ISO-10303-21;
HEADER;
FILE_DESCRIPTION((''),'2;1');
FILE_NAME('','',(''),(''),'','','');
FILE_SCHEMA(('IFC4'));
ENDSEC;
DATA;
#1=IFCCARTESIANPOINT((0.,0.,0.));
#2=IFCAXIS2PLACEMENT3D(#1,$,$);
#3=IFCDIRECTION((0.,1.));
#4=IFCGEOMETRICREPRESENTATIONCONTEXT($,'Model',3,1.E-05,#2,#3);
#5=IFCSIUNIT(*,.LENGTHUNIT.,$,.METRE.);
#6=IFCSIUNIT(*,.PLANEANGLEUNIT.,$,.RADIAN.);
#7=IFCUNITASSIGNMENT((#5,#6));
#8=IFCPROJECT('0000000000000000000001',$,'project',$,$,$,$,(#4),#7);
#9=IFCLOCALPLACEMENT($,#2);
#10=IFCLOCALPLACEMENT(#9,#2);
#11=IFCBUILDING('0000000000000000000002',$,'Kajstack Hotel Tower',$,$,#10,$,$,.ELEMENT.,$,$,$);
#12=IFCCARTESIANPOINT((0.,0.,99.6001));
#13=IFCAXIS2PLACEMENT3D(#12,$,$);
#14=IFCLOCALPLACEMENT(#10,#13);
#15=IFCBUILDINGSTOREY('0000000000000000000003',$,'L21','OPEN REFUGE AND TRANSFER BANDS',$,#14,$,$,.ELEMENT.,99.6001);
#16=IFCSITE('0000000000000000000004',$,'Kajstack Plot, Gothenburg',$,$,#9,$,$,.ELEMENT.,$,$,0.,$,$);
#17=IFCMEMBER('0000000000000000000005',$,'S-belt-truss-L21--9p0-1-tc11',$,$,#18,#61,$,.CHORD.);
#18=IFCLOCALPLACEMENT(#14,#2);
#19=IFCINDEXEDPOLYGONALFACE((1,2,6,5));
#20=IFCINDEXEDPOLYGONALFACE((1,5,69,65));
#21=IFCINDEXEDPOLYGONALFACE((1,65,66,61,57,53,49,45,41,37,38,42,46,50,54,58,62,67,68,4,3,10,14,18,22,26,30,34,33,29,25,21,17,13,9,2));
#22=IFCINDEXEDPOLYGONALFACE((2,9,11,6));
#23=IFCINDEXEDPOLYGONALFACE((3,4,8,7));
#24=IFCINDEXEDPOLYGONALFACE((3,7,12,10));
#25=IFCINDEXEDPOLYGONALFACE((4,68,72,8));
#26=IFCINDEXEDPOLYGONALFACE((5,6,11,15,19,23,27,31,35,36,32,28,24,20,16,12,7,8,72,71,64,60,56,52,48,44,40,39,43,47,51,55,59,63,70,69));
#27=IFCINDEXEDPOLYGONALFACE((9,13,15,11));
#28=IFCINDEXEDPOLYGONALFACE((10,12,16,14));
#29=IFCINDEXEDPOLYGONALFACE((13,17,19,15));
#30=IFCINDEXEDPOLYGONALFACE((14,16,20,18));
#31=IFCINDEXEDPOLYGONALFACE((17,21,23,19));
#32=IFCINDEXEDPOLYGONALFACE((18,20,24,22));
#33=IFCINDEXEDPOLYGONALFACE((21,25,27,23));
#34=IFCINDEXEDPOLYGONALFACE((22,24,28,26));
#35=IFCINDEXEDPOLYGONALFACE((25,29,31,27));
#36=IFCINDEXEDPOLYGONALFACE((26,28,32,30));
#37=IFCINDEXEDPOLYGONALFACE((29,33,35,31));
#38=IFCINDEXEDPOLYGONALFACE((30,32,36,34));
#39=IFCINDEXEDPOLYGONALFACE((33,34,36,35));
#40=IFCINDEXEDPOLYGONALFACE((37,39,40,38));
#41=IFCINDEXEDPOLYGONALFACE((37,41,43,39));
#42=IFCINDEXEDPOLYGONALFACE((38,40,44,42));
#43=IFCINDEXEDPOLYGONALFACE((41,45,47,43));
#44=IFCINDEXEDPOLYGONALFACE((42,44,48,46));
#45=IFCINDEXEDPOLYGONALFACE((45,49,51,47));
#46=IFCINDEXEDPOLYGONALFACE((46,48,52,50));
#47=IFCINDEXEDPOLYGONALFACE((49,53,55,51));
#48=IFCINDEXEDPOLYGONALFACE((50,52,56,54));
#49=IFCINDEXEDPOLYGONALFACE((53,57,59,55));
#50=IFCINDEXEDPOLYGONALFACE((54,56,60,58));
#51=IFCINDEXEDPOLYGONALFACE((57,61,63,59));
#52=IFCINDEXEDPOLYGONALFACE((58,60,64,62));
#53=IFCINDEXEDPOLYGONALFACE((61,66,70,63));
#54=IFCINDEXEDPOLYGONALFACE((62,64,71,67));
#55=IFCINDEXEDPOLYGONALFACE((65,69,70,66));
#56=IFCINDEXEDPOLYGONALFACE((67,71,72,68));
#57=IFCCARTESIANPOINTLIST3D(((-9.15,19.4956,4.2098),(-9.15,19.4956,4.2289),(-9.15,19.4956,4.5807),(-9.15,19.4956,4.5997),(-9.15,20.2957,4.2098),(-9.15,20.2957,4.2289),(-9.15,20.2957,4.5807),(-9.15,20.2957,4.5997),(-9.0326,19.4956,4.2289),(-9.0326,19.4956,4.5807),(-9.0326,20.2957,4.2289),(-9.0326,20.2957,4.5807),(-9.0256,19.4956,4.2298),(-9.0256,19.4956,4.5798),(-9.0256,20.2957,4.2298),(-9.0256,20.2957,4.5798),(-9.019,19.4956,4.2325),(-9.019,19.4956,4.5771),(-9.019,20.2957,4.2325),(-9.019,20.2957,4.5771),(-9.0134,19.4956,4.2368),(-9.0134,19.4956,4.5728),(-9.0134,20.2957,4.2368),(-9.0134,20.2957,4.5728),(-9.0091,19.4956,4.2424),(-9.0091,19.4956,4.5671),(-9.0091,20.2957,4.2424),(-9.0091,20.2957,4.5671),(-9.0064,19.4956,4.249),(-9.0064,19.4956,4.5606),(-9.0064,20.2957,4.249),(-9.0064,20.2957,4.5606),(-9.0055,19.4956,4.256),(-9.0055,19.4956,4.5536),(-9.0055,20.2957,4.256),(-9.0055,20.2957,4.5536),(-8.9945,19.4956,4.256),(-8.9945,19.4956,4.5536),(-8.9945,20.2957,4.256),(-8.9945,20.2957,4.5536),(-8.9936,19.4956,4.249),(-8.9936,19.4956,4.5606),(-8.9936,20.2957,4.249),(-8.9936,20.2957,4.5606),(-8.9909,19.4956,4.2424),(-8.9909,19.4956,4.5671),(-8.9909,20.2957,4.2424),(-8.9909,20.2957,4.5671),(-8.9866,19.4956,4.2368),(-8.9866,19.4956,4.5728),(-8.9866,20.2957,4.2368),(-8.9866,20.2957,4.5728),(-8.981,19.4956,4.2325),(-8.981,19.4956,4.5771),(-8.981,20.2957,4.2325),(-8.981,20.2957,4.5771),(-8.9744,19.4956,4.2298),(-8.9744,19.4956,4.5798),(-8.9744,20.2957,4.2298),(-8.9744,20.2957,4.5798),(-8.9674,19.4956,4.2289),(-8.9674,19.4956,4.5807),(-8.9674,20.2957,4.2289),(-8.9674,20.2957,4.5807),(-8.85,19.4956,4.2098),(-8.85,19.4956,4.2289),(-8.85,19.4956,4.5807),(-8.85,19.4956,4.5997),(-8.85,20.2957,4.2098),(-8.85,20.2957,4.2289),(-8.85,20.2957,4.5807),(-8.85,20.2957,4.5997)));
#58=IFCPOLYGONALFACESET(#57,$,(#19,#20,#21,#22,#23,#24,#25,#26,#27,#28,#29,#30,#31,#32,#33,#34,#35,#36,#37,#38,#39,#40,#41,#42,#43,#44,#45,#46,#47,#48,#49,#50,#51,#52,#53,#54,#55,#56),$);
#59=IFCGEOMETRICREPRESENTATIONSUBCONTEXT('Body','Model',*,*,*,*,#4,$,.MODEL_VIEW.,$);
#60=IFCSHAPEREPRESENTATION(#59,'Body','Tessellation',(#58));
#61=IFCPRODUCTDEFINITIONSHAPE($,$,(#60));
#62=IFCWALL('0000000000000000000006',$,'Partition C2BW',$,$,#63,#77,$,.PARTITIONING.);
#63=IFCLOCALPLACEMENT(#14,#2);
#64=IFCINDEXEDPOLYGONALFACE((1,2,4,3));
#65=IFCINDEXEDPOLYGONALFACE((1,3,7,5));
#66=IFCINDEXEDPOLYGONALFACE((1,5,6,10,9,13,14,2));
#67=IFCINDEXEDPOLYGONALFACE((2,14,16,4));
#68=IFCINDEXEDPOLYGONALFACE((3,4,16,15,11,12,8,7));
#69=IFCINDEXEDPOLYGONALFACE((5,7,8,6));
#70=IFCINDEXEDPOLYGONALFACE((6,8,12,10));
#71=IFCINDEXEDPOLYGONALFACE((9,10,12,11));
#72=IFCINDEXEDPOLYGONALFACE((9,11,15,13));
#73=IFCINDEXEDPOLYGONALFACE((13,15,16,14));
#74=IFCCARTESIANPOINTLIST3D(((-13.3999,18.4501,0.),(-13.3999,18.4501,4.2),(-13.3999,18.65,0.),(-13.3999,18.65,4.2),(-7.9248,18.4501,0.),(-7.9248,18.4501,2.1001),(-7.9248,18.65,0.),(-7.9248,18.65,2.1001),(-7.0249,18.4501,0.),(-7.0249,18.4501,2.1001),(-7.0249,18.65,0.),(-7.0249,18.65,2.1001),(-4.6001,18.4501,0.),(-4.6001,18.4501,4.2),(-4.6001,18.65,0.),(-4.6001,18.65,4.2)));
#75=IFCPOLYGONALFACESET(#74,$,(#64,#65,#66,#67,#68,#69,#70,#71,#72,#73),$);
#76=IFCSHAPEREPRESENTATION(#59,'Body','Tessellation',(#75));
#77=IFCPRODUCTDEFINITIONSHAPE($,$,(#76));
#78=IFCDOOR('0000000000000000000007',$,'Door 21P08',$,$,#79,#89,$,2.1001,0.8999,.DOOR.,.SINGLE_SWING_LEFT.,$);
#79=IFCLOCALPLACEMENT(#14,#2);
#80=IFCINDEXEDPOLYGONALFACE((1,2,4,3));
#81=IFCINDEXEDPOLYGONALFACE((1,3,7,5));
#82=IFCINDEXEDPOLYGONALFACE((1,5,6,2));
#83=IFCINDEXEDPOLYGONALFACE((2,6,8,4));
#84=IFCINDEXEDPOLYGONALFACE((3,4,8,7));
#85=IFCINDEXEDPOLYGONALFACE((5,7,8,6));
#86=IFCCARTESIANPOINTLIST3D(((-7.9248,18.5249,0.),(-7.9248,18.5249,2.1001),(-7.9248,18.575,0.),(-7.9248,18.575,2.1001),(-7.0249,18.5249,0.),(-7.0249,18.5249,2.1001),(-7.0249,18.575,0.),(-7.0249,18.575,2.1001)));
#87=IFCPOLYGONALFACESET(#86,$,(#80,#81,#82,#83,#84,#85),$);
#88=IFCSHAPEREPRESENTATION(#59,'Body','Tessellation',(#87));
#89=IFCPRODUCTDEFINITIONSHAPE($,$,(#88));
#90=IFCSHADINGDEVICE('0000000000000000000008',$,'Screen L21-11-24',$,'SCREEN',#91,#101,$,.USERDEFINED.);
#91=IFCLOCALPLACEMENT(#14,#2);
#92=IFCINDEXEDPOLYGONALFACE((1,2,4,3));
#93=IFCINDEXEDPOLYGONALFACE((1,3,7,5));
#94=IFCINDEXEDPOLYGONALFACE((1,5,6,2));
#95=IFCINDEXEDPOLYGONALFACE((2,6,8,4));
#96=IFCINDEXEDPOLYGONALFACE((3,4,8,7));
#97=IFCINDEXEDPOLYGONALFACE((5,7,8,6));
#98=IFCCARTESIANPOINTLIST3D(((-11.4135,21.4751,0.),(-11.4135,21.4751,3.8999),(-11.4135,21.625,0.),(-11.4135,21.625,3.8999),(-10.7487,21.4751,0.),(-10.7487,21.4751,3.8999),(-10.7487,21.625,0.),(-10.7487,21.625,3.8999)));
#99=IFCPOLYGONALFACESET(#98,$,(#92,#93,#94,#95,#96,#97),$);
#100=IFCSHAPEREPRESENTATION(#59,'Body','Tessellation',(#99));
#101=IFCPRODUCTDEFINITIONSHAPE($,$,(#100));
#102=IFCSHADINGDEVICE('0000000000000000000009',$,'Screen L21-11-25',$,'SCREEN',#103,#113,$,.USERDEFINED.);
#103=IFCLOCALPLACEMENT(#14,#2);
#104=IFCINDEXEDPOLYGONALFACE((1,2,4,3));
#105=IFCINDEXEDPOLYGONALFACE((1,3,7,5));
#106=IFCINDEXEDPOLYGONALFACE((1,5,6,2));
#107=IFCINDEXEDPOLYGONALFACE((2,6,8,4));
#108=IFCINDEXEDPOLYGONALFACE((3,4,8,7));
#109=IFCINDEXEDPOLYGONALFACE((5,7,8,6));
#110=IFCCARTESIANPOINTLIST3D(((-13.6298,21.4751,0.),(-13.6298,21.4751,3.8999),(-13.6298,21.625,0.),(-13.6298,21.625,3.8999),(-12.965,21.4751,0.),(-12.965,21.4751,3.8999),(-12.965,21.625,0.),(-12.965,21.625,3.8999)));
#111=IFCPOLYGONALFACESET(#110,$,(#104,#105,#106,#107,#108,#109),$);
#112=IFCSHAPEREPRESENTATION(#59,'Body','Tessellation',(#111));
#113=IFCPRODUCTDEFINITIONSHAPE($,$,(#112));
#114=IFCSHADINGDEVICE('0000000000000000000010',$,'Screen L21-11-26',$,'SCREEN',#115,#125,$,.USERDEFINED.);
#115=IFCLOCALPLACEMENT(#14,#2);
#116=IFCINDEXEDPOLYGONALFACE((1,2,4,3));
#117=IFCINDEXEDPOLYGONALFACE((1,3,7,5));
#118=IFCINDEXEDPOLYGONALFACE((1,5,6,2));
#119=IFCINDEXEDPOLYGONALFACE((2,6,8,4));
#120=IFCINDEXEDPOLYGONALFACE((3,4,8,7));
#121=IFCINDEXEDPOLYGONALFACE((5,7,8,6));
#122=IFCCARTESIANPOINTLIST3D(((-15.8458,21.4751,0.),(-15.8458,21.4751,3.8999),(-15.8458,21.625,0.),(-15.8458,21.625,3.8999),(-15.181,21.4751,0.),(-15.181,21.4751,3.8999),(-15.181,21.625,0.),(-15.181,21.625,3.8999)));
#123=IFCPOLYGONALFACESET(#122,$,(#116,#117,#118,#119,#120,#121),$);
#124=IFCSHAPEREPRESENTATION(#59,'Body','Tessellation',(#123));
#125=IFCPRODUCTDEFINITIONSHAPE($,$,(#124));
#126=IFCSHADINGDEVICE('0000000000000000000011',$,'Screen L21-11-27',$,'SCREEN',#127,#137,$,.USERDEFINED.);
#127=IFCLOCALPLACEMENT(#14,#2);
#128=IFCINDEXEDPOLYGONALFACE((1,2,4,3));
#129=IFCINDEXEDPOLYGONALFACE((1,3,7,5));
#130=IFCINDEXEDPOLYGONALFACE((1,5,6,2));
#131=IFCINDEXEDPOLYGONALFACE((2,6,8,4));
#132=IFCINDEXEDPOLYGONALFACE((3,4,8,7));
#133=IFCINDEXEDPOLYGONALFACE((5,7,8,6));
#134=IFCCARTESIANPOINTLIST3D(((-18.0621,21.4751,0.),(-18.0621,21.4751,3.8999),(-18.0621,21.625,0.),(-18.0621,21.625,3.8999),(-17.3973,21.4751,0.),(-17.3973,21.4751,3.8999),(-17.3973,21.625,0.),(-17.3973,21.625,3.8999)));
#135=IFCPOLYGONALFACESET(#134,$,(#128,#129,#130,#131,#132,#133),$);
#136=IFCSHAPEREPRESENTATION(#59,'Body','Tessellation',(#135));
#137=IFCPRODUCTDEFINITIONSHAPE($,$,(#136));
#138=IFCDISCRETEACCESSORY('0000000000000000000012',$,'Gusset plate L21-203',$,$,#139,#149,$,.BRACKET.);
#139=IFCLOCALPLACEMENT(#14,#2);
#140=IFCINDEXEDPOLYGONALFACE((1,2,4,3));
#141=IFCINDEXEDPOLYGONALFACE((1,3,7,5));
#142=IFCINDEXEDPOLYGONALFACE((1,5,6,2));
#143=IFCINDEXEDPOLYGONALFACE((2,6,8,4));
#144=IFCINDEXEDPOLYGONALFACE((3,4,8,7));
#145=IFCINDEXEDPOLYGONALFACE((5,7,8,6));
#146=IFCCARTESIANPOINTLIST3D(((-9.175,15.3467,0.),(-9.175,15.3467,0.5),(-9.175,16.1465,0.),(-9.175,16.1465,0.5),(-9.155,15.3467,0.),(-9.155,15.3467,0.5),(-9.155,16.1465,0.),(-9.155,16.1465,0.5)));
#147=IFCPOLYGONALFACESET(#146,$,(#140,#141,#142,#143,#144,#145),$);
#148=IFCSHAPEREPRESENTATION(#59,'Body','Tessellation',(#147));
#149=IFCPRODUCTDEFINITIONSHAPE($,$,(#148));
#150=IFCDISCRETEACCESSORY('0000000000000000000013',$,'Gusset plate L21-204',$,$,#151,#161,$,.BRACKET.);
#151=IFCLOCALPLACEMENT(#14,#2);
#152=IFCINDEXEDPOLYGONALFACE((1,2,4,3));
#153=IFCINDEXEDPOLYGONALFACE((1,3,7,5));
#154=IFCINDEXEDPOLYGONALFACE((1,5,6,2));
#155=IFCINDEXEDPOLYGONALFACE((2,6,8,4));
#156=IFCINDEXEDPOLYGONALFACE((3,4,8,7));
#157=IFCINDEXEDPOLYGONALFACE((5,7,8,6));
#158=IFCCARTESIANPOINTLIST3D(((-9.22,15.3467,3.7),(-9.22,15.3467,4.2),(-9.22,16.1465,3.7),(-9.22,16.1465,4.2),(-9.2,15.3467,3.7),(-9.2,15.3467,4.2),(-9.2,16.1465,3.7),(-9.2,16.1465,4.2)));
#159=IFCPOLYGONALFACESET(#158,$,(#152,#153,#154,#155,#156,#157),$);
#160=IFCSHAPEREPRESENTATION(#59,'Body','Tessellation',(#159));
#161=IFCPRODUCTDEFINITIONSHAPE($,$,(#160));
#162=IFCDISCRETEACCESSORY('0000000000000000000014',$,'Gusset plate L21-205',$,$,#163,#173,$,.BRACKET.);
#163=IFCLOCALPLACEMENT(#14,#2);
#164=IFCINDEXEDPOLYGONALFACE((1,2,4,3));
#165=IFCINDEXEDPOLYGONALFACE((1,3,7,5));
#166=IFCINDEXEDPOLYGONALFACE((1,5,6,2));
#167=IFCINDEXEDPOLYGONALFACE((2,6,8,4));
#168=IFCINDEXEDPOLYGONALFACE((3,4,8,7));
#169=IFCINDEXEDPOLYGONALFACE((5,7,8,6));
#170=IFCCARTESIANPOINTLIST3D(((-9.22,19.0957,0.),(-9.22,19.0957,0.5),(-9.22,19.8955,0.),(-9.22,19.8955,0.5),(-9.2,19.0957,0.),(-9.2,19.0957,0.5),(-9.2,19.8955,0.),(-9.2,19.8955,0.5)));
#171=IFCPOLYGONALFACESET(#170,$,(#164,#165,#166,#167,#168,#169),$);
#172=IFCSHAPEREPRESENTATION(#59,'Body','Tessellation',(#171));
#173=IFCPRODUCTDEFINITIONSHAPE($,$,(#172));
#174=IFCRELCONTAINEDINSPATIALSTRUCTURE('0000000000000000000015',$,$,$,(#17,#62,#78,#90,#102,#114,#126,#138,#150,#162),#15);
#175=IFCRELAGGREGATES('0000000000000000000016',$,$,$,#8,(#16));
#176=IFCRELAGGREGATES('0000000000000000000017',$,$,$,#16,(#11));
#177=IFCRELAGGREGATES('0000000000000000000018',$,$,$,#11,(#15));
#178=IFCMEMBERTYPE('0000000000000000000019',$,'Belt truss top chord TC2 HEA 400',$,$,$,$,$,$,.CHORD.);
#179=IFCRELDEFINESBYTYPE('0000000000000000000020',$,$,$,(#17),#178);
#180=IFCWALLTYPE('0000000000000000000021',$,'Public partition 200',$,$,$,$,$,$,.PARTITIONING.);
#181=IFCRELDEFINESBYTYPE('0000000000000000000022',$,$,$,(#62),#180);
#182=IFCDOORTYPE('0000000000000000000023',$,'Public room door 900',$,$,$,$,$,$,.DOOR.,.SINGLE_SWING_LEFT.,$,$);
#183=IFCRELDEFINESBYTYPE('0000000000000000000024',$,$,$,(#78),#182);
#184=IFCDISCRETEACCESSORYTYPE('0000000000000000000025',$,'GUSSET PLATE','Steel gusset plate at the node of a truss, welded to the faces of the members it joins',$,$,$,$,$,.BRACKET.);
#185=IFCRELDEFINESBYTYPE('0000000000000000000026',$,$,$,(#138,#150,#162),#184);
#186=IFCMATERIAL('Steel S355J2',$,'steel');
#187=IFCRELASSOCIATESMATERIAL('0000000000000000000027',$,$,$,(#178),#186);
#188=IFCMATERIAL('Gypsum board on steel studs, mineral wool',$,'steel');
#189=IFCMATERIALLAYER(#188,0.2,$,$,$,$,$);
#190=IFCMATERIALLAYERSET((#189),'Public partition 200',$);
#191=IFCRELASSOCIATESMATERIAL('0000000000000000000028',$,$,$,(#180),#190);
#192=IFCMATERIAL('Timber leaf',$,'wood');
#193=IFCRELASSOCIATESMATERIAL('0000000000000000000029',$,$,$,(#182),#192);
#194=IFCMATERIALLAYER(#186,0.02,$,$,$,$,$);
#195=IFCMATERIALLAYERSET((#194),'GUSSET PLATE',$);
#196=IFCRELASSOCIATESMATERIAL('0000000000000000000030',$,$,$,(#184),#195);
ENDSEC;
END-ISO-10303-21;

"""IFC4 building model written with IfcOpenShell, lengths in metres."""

from ifc_helpers import new_model, si_unit, direction, frame, frame_2d, origin, origin_2d, place, context, subcontext, project, spatial, polyline, rectangle, i_section, outline, extrude, material, layer, layer_set, material_profile, profile_set, type_object, element, fill, save


model = new_model("IFC4")

# Units and contexts
model_context = context("Model", 3, precision=1e-05, world=origin(), true_north=direction((0.0, 1.0)))
body_context = subcontext(model_context, "Body", "Model", "MODEL_VIEW")
ifc_project = project(units=[si_unit("LENGTHUNIT", "METRE"), si_unit("PLANEANGLEUNIT", "RADIAN")], contexts=[model_context])

# Site, building, storey
site_placement = place(None, origin())
site = spatial("IfcSite", under=ifc_project, at=site_placement, Name="Kajstack Plot, Gothenburg", CompositionType="ELEMENT", RefElevation=0.0)
building_placement = place(site_placement, origin())
building = spatial("IfcBuilding", under=site, at=building_placement, Name="Kajstack Hotel Tower", CompositionType="ELEMENT")
storey_placement = place(building_placement, frame((0.0, 0.0, 99.6001)))
storey = spatial("IfcBuildingStorey", under=building, at=storey_placement, Name="L21", Description="OPEN REFUGE AND TRANSFER BANDS", CompositionType="ELEMENT", Elevation=99.6001)

# Member
ifc_material_1 = material(Name="Steel S355J2", Category="steel")
ifc_material_profile_1 = material_profile(ifc_material_1, i_section(OverallWidth=0.3, OverallDepth=0.3899, WebThickness=0.011, FlangeThickness=0.019, FilletRadius=0.0271, at=origin_2d()), Name="HEA 400")
ifc_profile_set_1 = profile_set([ifc_material_profile_1], Name="Steel S355J2")
member_type_1 = type_object("IfcMemberType", Name="Belt truss top chord TC2 HEA 400", PredefinedType="CHORD", material=ifc_profile_set_1)
member_1_placement = place(storey_placement, frame((-9.0, 19.4956, 4.4048), z_axis=(0.0, 1.0, 0.0), x_axis=(-1.0, 0.0, 0.0)))
element("IfcMember", 1, at=member_1_placement, inside=storey, type_object=member_type_1, Name="S-belt-truss-L21--9p0-1-tc11", PredefinedType="CHORD", context=body_context, shape_type="SweptSolid", body=[
    extrude(i_section(OverallWidth=0.3, OverallDepth=0.3899, WebThickness=0.011, FlangeThickness=0.019, FilletRadius=0.0271, at=origin_2d()), origin(), (0.0, 0.0, 1.0), 0.8),
])

# Wall, opening, door
ifc_material_2 = material(Name="Gypsum board on steel studs, mineral wool", Category="steel")
ifc_layer_1 = layer(ifc_material_2, 0.2)
ifc_layer_set_1 = layer_set([ifc_layer_1], Name="Public partition 200")
wall_type = type_object("IfcWallType", Name="Public partition 200", PredefinedType="PARTITIONING", material=ifc_layer_set_1)
wall_placement = place(storey_placement, frame((-13.3999, 18.55, 0.0), z_axis=(0.0, 0.0, 1.0), x_axis=(1.0, 0.0, 0.0)))
wall = element("IfcWall", 2, at=wall_placement, inside=storey, type_object=wall_type, Name="Partition C2BW", PredefinedType="PARTITIONING", context=body_context, shape_type="SweptSolid", body=[
    extrude(rectangle(XDim=8.7998, YDim=0.2, at=frame_2d((4.3999, 0.0))), origin(), (0.0, 0.0, 1.0), 4.2),
])
opening_placement = place(wall_placement, frame((5.4751, 0.0, 0.0)))
opening = element("IfcOpeningElement", 3, at=opening_placement, cuts=wall, PredefinedType="OPENING", context=body_context, shape_type="SweptSolid", body=[
    extrude(rectangle(XDim=0.8999, YDim=2.1001, at=frame_2d((0.45, 1.05))), frame((0.0, 0.1099, 0.0), z_axis=(0.0, -1.0, 0.0), x_axis=(1.0, 0.0, 0.0)), (0.0, 0.0, 1.0), 0.22),
])
ifc_material_3 = material(Name="Timber leaf", Category="wood")
door_type = type_object("IfcDoorType", Name="Public room door 900", OperationType="SINGLE_SWING_LEFT", PredefinedType="DOOR", material=ifc_material_3)
door_placement = place(opening_placement, origin())
door = element("IfcDoor", 4, at=door_placement, inside=storey, type_object=door_type, Name="Door 21P08", OperationType="SINGLE_SWING_LEFT", OverallHeight=2.1001, OverallWidth=0.8999, PredefinedType="DOOR", context=body_context, shape_type="SweptSolid", body=[
    extrude(rectangle(XDim=0.8999, YDim=2.1001, at=frame_2d((0.45, 1.05))), frame((0.0, 0.0249, 0.0), z_axis=(0.0, -1.0, 0.0), x_axis=(1.0, 0.0, 0.0)), (0.0, 0.0, 1.0), 0.05),
])
fill(opening, door)

# Shading devices
for number, where, z_axis, x_axis, name in (
    (5, (-11.0811, 21.55, 0.0), (0.0, 0.0, 1.0), (-1.0, 0.0, 0.0), "Screen L21-11-24"),
    (6, (-13.2974, 21.55, 0.0), (0.0, 0.0, 1.0), (-1.0, 0.0, 0.0), "Screen L21-11-25"),
    (7, (-15.5134, 21.55, 0.0), (0.0, 0.0, 1.0), (-1.0, 0.0, 0.0), "Screen L21-11-26"),
    (8, (-17.7297, 21.55, 0.0), (0.0, 0.0, 1.0), (-1.0, 0.0, 0.0), "Screen L21-11-27"),
):
    element("IfcShadingDevice", number, at=place(storey_placement, frame(where, z_axis=z_axis, x_axis=x_axis)), inside=storey, Name=name, ObjectType="SCREEN", PredefinedType="USERDEFINED", context=body_context, shape_type="SweptSolid", body=[
        extrude(rectangle(XDim=0.6648, YDim=0.1499, at=origin_2d()), origin(), (0.0, 0.0, 1.0), 3.8999),
    ])

# Discrete accessories
ifc_layer_2 = layer(ifc_material_1, 0.02)
ifc_layer_set_2 = layer_set([ifc_layer_2], Name="GUSSET PLATE")
discrete_accessory_type = type_object("IfcDiscreteAccessoryType", Name="GUSSET PLATE", Description="Steel gusset plate at the node of a truss, welded to the faces of the members it joins", PredefinedType="BRACKET", material=ifc_layer_set_2)
for number, where, z_axis, x_axis, name in (
    (9, (-9.175, 15.7466, 0.0), (1.0, 0.0, 0.0), (0.0, 1.0, 0.0), "Gusset plate L21-203"),
    (10, (-9.22, 15.7466, 3.7), (1.0, 0.0, 0.0), (0.0, 1.0, 0.0), "Gusset plate L21-204"),
    (11, (-9.22, 19.4956, 0.0), (1.0, 0.0, 0.0), (0.0, 1.0, 0.0), "Gusset plate L21-205"),
):
    element("IfcDiscreteAccessory", number, at=place(storey_placement, frame(where, z_axis=z_axis, x_axis=x_axis)), inside=storey, type_object=discrete_accessory_type, Name=name, PredefinedType="BRACKET", context=body_context, shape_type="SweptSolid", body=[
        extrude(outline(polyline([(-0.3999, 0.0), (0.3999, 0.0), (0.3999, 0.5), (-0.3999, 0.5), (-0.3999, 0.0)])), origin(), (0.0, 0.0, 1.0), 0.02),
    ])

save(model, "model.ifc")
